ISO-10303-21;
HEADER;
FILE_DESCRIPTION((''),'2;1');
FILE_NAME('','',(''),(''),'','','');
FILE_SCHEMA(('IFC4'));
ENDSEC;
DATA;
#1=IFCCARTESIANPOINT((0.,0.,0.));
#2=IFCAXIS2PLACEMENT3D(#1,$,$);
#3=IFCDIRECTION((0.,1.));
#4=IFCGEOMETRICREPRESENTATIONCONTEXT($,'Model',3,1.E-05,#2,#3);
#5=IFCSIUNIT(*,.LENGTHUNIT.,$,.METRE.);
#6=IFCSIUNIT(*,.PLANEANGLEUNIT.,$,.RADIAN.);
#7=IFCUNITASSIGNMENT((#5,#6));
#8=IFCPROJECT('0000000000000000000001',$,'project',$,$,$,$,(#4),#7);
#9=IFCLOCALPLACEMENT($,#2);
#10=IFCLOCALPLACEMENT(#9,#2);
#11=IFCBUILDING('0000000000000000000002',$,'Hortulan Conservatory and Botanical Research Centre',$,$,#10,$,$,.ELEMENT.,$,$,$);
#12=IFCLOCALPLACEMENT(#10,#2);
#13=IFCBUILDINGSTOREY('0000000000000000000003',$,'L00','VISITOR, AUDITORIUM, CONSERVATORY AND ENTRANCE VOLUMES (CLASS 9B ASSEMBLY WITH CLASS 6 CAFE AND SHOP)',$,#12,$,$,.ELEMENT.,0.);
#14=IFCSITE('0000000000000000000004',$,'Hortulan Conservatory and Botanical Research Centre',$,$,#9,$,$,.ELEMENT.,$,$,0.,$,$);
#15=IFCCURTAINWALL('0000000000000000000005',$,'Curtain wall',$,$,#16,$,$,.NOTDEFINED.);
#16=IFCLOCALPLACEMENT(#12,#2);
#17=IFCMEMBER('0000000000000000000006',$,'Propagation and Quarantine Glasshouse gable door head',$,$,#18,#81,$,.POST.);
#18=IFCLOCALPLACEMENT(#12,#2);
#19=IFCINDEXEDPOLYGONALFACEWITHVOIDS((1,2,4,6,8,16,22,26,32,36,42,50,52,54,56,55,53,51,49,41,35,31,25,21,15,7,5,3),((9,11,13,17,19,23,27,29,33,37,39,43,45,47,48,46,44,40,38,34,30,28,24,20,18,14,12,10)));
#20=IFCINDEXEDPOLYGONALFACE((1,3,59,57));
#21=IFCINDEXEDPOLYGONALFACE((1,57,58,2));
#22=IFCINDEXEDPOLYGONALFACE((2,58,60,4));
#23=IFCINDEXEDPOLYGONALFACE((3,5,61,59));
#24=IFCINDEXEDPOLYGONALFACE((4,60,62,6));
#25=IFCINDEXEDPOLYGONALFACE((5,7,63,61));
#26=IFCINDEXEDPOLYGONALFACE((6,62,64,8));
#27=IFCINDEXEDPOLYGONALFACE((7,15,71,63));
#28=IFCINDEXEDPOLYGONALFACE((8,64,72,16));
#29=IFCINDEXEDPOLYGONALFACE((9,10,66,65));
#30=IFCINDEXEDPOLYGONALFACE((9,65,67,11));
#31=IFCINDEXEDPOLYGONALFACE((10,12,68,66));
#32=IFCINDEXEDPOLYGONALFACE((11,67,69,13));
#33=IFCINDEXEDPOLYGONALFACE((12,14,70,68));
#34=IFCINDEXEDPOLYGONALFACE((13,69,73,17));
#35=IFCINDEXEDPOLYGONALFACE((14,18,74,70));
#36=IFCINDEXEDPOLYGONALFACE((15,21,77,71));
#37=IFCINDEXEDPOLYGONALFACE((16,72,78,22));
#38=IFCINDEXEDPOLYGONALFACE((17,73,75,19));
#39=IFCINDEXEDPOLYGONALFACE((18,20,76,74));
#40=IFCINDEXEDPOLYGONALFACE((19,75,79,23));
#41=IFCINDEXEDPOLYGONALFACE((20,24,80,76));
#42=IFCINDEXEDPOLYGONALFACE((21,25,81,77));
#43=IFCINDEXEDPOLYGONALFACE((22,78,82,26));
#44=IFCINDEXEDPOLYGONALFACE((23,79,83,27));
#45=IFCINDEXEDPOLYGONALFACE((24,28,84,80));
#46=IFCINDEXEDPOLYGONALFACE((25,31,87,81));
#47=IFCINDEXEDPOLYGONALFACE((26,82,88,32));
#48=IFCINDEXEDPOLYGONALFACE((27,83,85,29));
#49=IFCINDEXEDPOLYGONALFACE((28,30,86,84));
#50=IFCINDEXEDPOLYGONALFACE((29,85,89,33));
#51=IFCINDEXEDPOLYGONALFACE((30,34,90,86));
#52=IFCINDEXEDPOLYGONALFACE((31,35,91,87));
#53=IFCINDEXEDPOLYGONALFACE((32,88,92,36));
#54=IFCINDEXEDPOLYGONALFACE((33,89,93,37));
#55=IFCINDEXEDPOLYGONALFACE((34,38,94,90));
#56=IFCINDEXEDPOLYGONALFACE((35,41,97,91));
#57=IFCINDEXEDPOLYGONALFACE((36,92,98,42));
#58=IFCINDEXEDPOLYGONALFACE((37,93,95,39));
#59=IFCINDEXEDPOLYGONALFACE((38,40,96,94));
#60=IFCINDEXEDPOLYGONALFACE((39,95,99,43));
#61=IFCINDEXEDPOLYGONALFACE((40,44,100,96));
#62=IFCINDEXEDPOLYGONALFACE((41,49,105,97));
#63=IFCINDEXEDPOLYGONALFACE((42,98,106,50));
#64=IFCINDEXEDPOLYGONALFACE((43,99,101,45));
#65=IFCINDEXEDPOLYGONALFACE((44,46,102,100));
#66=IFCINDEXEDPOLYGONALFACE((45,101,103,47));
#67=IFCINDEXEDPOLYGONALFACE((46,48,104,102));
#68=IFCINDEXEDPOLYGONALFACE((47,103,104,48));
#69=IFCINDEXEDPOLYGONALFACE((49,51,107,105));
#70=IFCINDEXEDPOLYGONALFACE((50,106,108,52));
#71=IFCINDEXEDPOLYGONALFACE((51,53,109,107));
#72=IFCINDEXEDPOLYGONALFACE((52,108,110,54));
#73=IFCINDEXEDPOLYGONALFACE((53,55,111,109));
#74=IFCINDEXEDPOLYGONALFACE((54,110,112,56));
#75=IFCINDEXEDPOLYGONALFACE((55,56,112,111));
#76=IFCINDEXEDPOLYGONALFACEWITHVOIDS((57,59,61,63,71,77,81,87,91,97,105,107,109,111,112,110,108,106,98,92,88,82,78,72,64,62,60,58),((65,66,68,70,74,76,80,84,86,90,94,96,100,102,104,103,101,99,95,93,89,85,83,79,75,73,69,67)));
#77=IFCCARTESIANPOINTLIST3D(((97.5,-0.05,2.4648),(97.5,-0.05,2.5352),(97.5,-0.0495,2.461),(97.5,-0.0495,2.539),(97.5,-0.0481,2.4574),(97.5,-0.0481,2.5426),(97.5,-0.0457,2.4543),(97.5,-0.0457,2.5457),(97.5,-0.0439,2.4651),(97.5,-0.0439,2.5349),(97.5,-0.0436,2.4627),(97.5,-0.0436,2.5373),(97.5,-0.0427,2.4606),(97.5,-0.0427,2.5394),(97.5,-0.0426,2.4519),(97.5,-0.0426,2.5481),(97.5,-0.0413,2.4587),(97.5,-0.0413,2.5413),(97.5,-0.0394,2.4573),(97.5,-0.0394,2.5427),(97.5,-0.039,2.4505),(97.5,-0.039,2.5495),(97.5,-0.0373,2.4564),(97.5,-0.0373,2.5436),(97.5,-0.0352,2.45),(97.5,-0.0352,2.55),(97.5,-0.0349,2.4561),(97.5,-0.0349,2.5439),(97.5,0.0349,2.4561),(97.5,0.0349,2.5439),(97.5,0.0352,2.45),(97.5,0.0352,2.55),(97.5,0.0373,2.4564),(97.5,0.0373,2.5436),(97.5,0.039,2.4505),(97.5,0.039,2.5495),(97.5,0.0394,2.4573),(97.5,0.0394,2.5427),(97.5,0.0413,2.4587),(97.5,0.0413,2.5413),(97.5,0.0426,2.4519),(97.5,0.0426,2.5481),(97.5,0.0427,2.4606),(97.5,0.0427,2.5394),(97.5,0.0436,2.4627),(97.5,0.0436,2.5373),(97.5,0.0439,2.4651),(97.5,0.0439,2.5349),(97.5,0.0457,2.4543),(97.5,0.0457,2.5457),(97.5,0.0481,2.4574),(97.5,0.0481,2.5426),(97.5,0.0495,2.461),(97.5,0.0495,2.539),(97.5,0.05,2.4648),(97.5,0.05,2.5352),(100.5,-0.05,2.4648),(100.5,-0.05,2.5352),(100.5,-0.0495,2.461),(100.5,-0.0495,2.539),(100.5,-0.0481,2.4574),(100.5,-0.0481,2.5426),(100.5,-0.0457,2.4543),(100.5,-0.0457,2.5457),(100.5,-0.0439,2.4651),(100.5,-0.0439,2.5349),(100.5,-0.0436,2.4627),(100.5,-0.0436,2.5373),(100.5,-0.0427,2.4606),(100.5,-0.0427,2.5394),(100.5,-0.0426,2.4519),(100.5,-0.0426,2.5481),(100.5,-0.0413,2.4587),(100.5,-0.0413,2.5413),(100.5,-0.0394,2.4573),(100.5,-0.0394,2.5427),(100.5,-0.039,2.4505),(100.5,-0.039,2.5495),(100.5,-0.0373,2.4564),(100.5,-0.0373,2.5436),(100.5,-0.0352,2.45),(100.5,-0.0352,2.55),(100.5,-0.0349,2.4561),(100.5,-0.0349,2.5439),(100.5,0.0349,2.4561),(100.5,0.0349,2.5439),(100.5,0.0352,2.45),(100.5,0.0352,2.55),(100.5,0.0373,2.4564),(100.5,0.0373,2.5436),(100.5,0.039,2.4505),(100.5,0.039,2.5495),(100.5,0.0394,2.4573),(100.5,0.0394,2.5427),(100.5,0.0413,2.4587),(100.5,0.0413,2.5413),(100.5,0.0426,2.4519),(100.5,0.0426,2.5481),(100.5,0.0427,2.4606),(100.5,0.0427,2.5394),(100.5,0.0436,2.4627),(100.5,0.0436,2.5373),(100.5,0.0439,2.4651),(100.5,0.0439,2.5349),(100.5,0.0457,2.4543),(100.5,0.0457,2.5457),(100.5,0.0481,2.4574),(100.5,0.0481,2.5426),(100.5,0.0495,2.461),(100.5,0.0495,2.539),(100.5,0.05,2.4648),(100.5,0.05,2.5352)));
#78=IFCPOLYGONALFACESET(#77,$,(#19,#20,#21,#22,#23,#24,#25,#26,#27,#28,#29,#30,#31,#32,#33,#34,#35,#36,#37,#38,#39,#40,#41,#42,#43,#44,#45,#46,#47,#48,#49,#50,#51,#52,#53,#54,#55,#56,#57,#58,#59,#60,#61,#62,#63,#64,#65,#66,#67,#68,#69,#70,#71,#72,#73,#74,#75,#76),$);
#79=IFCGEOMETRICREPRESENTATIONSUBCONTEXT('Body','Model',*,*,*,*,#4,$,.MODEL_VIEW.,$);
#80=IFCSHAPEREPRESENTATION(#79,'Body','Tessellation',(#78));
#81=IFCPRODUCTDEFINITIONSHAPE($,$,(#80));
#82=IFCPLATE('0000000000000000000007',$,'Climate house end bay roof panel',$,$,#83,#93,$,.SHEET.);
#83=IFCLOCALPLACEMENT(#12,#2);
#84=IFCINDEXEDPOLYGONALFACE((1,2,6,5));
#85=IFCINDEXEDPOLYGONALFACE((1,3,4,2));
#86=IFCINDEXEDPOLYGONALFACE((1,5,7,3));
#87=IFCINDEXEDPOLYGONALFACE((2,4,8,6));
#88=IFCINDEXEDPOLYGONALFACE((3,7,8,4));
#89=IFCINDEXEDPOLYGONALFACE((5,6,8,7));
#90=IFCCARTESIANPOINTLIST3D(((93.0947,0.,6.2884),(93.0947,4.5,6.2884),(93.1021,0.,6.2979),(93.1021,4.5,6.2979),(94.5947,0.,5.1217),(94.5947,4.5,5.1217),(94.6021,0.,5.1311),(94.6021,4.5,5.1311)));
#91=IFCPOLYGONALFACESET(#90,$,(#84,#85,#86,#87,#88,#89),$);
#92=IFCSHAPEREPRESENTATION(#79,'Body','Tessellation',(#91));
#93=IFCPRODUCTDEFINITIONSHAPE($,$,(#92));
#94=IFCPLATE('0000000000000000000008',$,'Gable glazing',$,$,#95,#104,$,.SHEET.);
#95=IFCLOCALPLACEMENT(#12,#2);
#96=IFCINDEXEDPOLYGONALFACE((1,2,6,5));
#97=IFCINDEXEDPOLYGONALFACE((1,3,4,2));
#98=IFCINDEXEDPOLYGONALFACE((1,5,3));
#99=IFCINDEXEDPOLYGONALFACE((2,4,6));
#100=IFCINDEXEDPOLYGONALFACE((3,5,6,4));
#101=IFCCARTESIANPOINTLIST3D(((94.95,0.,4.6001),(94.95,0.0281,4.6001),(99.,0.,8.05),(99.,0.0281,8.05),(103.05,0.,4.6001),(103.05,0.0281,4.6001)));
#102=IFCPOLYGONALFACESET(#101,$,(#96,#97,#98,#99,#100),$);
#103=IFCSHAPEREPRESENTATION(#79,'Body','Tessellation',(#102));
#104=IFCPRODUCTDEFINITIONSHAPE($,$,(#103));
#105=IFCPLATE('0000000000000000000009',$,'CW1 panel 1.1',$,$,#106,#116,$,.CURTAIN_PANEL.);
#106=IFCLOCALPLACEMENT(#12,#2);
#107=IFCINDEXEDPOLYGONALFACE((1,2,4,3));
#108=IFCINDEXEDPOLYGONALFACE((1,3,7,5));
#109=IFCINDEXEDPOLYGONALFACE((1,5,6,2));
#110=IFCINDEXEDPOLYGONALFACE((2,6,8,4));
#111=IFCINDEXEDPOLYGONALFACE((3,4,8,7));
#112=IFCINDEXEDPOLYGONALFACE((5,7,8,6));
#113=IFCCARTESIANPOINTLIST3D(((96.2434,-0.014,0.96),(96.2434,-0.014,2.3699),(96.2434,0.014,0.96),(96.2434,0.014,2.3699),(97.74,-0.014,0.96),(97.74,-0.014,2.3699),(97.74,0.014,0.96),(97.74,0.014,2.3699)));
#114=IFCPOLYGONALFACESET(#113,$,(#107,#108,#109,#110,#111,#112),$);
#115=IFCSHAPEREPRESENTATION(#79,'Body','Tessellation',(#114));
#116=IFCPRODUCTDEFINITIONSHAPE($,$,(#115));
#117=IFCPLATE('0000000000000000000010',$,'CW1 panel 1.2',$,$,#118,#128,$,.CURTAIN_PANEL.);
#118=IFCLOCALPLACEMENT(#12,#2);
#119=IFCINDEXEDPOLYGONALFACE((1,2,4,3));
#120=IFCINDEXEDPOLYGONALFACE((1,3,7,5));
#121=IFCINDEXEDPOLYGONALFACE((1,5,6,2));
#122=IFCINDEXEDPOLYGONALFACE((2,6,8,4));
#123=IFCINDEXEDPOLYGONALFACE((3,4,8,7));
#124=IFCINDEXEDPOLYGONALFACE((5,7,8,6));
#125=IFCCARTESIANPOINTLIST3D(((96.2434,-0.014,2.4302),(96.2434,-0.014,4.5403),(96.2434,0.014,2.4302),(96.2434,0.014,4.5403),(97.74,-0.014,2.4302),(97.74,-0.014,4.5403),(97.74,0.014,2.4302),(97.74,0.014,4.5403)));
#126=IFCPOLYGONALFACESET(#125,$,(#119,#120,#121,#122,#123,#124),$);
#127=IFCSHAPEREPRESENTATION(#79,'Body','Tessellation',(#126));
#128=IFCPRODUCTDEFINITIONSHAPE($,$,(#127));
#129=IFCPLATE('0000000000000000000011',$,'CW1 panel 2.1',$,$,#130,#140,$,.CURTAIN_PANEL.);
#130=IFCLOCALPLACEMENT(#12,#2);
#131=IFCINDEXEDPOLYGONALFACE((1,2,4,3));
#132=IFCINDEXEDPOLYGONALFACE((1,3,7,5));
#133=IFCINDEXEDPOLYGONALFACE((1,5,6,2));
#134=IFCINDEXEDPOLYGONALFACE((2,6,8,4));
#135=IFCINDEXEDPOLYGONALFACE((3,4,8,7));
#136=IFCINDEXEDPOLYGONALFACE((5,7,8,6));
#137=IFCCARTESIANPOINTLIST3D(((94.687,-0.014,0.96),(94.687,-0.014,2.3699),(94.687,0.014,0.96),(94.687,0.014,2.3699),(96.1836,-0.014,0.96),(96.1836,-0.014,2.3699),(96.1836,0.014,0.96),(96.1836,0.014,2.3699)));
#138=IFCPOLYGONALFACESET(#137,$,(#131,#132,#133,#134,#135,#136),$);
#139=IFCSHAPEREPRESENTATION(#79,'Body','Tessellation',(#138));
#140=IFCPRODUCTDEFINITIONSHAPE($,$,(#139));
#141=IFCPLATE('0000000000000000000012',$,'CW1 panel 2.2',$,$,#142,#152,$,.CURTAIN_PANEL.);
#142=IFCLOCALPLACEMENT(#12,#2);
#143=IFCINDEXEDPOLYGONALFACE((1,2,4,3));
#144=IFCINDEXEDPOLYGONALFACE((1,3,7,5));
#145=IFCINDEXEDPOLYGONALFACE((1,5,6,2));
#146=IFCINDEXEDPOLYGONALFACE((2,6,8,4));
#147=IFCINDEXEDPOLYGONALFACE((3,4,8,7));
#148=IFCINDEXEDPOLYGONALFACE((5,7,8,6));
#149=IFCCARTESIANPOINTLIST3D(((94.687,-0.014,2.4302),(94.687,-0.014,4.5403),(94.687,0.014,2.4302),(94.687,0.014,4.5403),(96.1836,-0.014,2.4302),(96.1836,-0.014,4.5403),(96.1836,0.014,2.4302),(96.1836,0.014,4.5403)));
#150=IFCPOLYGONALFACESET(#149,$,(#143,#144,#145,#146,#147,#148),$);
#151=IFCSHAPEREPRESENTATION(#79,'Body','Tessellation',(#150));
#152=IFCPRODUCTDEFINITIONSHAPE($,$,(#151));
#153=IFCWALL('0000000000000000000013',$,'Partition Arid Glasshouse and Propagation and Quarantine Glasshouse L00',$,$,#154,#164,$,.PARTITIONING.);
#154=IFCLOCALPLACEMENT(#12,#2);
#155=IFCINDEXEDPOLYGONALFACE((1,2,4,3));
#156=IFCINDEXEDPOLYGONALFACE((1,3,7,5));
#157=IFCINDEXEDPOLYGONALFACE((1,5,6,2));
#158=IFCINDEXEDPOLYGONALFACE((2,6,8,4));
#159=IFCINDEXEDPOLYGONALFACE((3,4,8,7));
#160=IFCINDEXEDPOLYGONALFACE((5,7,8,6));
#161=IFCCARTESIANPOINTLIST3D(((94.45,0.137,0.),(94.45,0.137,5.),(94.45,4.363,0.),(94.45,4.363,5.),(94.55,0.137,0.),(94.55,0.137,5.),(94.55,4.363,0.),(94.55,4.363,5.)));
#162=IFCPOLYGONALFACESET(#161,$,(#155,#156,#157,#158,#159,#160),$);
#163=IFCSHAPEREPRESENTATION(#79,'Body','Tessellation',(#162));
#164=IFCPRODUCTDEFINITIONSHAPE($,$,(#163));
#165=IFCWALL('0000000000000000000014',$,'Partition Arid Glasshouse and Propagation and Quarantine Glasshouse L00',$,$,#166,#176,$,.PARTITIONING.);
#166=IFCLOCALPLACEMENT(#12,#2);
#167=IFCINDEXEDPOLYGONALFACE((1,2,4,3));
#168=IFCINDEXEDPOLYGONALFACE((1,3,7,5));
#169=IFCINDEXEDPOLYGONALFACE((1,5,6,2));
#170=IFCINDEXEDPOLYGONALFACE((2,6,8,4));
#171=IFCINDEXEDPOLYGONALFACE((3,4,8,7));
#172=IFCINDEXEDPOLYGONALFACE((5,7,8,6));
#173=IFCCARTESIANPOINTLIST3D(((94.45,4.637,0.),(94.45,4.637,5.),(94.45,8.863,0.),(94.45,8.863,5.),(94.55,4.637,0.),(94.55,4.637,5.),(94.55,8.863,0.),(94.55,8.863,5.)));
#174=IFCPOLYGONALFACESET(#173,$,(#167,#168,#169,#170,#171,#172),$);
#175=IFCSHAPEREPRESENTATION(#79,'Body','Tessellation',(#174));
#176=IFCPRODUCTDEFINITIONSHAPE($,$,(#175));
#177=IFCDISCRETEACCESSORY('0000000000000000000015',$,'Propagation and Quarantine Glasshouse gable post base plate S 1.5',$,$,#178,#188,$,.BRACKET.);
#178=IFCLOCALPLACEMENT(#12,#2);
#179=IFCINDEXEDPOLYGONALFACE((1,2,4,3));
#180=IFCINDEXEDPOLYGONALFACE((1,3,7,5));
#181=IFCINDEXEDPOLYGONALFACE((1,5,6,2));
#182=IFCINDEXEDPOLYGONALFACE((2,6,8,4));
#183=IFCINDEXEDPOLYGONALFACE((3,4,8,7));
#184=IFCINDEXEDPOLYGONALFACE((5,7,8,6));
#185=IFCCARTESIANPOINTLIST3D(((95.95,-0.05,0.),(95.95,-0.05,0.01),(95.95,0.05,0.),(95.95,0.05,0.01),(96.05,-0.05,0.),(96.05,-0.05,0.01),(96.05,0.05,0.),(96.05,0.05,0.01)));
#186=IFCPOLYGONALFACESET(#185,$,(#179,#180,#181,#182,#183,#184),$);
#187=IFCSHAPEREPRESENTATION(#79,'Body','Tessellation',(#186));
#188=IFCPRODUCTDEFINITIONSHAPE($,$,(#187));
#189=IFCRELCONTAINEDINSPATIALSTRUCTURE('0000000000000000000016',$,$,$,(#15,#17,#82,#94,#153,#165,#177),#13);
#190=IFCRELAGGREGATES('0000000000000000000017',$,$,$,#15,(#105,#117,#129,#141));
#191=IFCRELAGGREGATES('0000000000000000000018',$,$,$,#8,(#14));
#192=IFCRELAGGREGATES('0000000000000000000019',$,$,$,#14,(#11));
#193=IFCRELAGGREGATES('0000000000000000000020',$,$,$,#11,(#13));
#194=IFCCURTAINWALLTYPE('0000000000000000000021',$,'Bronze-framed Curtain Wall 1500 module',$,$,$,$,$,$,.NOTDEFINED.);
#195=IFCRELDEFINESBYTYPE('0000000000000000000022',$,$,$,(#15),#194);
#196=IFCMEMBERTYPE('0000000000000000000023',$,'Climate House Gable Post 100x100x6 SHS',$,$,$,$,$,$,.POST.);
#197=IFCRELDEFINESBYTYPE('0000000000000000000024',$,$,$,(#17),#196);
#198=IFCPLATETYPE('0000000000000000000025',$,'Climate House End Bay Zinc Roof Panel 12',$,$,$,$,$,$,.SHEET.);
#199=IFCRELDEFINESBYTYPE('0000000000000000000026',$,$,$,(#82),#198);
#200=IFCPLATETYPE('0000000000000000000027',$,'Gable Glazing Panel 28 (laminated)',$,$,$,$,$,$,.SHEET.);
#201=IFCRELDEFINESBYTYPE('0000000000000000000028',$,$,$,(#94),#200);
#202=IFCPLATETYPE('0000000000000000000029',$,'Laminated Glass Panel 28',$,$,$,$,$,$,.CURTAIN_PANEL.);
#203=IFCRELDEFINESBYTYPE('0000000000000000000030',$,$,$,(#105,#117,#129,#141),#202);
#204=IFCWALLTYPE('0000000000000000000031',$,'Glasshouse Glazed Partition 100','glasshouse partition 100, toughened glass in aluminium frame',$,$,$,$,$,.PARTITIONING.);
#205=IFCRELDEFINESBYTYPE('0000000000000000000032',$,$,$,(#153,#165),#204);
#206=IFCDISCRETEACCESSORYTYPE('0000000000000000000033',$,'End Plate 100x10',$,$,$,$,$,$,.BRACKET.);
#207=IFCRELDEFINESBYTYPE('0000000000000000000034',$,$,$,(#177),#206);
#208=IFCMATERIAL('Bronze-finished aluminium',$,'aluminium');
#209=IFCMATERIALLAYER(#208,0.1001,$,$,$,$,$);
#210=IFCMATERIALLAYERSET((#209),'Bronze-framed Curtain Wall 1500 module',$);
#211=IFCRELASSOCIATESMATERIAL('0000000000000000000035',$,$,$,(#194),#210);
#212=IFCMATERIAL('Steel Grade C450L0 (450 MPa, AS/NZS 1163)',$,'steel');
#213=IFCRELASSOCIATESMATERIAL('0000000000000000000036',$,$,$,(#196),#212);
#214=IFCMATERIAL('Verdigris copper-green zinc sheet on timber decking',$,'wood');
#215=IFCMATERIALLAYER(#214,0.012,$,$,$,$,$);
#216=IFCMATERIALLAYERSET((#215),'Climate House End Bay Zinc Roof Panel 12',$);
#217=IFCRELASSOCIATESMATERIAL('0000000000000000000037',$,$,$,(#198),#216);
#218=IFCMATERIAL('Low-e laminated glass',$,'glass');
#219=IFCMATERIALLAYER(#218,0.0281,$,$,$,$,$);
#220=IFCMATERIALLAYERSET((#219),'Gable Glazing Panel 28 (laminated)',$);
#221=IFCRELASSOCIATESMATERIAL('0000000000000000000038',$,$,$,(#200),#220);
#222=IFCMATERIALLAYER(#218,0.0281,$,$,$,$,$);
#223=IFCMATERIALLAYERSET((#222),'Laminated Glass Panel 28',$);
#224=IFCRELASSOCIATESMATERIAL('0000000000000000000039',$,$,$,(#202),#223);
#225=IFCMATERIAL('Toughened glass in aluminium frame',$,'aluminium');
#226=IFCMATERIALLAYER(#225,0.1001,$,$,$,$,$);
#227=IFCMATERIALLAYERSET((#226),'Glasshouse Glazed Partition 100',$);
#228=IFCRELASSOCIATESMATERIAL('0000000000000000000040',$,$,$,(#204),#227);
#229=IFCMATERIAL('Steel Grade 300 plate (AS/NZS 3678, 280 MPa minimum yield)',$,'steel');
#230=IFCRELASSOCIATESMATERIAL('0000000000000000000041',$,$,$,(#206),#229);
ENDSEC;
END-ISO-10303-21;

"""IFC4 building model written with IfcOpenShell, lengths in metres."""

from ifc_helpers import new_model, si_unit, direction, frame, frame_2d, origin, origin_2d, place, context, subcontext, project, spatial, polyline, rectangle, hollow_rectangle, outline, extrude, material, layer, layer_set, material_profile, profile_set, type_object, element, aggregate, save


model = new_model("IFC4")

# Units and contexts
model_context = context("Model", 3, precision=1e-05, world=origin(), true_north=direction((0.0, 1.0)))
body_context = subcontext(model_context, "Body", "Model", "MODEL_VIEW")
ifc_project = project(units=[si_unit("LENGTHUNIT", "METRE"), si_unit("PLANEANGLEUNIT", "RADIAN")], contexts=[model_context])

# Site, building, storey
site_placement = place(None, origin())
site = spatial("IfcSite", under=ifc_project, at=site_placement, Name="Hortulan Conservatory and Botanical Research Centre", CompositionType="ELEMENT", RefElevation=0.0)
building_placement = place(site_placement, origin())
building = spatial("IfcBuilding", under=site, at=building_placement, Name="Hortulan Conservatory and Botanical Research Centre", CompositionType="ELEMENT")
storey_placement = place(building_placement, origin())
storey = spatial("IfcBuildingStorey", under=building, at=storey_placement, Name="L00", Description="VISITOR, AUDITORIUM, CONSERVATORY AND ENTRANCE VOLUMES (CLASS 9B ASSEMBLY WITH CLASS 6 CAFE AND SHOP)", CompositionType="ELEMENT", Elevation=0.0)

# Curtain wall
ifc_material_1 = material(Name="Bronze-finished aluminium", Category="aluminium")
ifc_layer_1 = layer(ifc_material_1, 0.1001)
ifc_layer_set_1 = layer_set([ifc_layer_1], Name="Bronze-framed Curtain Wall 1500 module")
curtain_wall_type = type_object("IfcCurtainWallType", Name="Bronze-framed Curtain Wall 1500 module", PredefinedType="NOTDEFINED", material=ifc_layer_set_1)
curtain_wall_placement = place(storey_placement, origin())
curtain_wall = element("IfcCurtainWall", 1, at=curtain_wall_placement, inside=storey, type_object=curtain_wall_type, Name="Curtain wall", PredefinedType="NOTDEFINED")

# Member
ifc_material_2 = material(Name="Steel Grade C450L0 (450 MPa, AS/NZS 1163)", Category="steel")
ifc_material_profile_1 = material_profile(ifc_material_2, hollow_rectangle(XDim=0.1001, YDim=0.1001, WallThickness=0.0061, InnerFilletRadius=0.009, OuterFilletRadius=0.0149, at=origin_2d()), Name="100x100x6SHS")
ifc_profile_set_1 = profile_set([ifc_material_profile_1], Name="Steel Grade C450L0 (450 MPa, AS/NZS 1163)")
member_type_1 = type_object("IfcMemberType", Name="Climate House Gable Post 100x100x6 SHS", PredefinedType="POST", material=ifc_profile_set_1)
member_1_placement = place(storey_placement, frame((97.5, 0.0, 2.5), z_axis=(1.0, 0.0, 0.0), x_axis=(0.0, 1.0, 0.0)))
element("IfcMember", 2, at=member_1_placement, inside=storey, type_object=member_type_1, Name="Propagation and Quarantine Glasshouse gable door head", PredefinedType="POST", context=body_context, shape_type="SweptSolid", body=[
    extrude(hollow_rectangle(XDim=0.1001, YDim=0.1001, WallThickness=0.0061, InnerFilletRadius=0.009, OuterFilletRadius=0.0149, at=origin_2d()), origin(), (0.0, 0.0, 1.0), 3.0),
])

# Plates
ifc_material_3 = material(Name="Verdigris copper-green zinc sheet on timber decking", Category="wood")
ifc_layer_2 = layer(ifc_material_3, 0.012)
ifc_layer_set_2 = layer_set([ifc_layer_2], Name="Climate House End Bay Zinc Roof Panel 12")
plate_type_1 = type_object("IfcPlateType", Name="Climate House End Bay Zinc Roof Panel 12", PredefinedType="SHEET", material=ifc_layer_set_2)
plate_1_placement = place(storey_placement, frame((94.6021, 4.5, 5.1311), z_axis=(0.613967, 0.0, 0.789331), x_axis=(-0.789331, 0.0, 0.613967)))
element("IfcPlate", 3, at=plate_1_placement, inside=storey, type_object=plate_type_1, Name="Climate house end bay roof panel", PredefinedType="SHEET", context=body_context, shape_type="SweptSolid", body=[
    extrude(outline(polyline([(0.0, 0.0), (1.9003, 0.0), (1.9003, 4.5), (0.0, 4.5), (0.0, 0.0)])), origin(), (0.0, 0.0, -1.0), 0.012),
])
ifc_material_4 = material(Name="Low-e laminated glass", Category="glass")
ifc_layer_3 = layer(ifc_material_4, 0.0281)
ifc_layer_set_3 = layer_set([ifc_layer_3], Name="Gable Glazing Panel 28 (laminated)")
plate_type_2 = type_object("IfcPlateType", Name="Gable Glazing Panel 28 (laminated)", PredefinedType="SHEET", material=ifc_layer_set_3)
plate_2_placement = place(storey_placement, frame((94.95, 0.0, 4.6001), z_axis=(0.0, -1.0, 0.0), x_axis=(1.0, 0.0, 0.0)))
element("IfcPlate", 4, at=plate_2_placement, inside=storey, type_object=plate_type_2, Name="Gable glazing", PredefinedType="SHEET", context=body_context, shape_type="SweptSolid", body=[
    extrude(outline(polyline([(0.0, 0.0), (8.1001, 0.0), (4.05, 3.45), (0.0, 0.0)])), origin(), (0.0, 0.0, -1.0), 0.0281),
])

# Plates
ifc_layer_4 = layer(ifc_material_4, 0.0281)
ifc_layer_set_4 = layer_set([ifc_layer_4], Name="Laminated Glass Panel 28")
plate_type_3 = type_object("IfcPlateType", Name="Laminated Glass Panel 28", PredefinedType="CURTAIN_PANEL", material=ifc_layer_set_4)
plate_3_placement = place(storey_placement, frame((96.9917, 0.0, 0.96), z_axis=(0.0, 0.0, 1.0), x_axis=(-1.0, 0.0, 0.0)))
plate_3 = element("IfcPlate", 5, at=plate_3_placement, type_object=plate_type_3, Name="CW1 panel 1.1", PredefinedType="CURTAIN_PANEL", context=body_context, shape_type="SweptSolid", body=[
    extrude(rectangle(XDim=1.4966, YDim=0.0281, at=origin_2d()), origin(), (0.0, 0.0, 1.0), 1.4099),
])
plate_4_placement = place(storey_placement, frame((96.9917, 0.0, 2.4302), z_axis=(0.0, 0.0, 1.0), x_axis=(-1.0, 0.0, 0.0)))
plate_4 = element("IfcPlate", 6, at=plate_4_placement, type_object=plate_type_3, Name="CW1 panel 1.2", PredefinedType="CURTAIN_PANEL", context=body_context, shape_type="SweptSolid", body=[
    extrude(rectangle(XDim=1.4966, YDim=0.0281, at=origin_2d()), origin(), (0.0, 0.0, 1.0), 2.1101),
])
plate_5_placement = place(storey_placement, frame((95.4353, 0.0, 0.96), z_axis=(0.0, 0.0, 1.0), x_axis=(-1.0, 0.0, 0.0)))
plate_5 = element("IfcPlate", 7, at=plate_5_placement, type_object=plate_type_3, Name="CW1 panel 2.1", PredefinedType="CURTAIN_PANEL", context=body_context, shape_type="SweptSolid", body=[
    extrude(rectangle(XDim=1.4966, YDim=0.0281, at=origin_2d()), origin(), (0.0, 0.0, 1.0), 1.4099),
])
plate_6_placement = place(storey_placement, frame((95.4353, 0.0, 2.4302), z_axis=(0.0, 0.0, 1.0), x_axis=(-1.0, 0.0, 0.0)))
plate_6 = element("IfcPlate", 8, at=plate_6_placement, type_object=plate_type_3, Name="CW1 panel 2.2", PredefinedType="CURTAIN_PANEL", context=body_context, shape_type="SweptSolid", body=[
    extrude(rectangle(XDim=1.4966, YDim=0.0281, at=origin_2d()), origin(), (0.0, 0.0, 1.0), 2.1101),
])
aggregate(curtain_wall, [plate_3, plate_4, plate_5, plate_6])

# Walls
ifc_material_5 = material(Name="Toughened glass in aluminium frame", Category="aluminium")
ifc_layer_5 = layer(ifc_material_5, 0.1001)
ifc_layer_set_5 = layer_set([ifc_layer_5], Name="Glasshouse Glazed Partition 100")
wall_type = type_object("IfcWallType", Name="Glasshouse Glazed Partition 100", Description="glasshouse partition 100, toughened glass in aluminium frame", PredefinedType="PARTITIONING", material=ifc_layer_set_5)
for number, where, z_axis, x_axis, name in (
    (9, (94.5, 0.137, 0.0), (0.0, 0.0, 1.0), (0.0, 1.0, 0.0), "Partition Arid Glasshouse and Propagation and Quarantine Glasshouse L00"),
    (10, (94.5, 4.637, 0.0), (0.0, 0.0, 1.0), (0.0, 1.0, 0.0), "Partition Arid Glasshouse and Propagation and Quarantine Glasshouse L00"),
):
    element("IfcWall", number, at=place(storey_placement, frame(where, z_axis=z_axis, x_axis=x_axis)), inside=storey, type_object=wall_type, Name=name, PredefinedType="PARTITIONING", context=body_context, shape_type="SweptSolid", body=[
        extrude(rectangle(XDim=4.2261, YDim=0.1001, at=frame_2d((2.113, 0.0))), origin(), (0.0, 0.0, 1.0), 5.0),
    ])

# Discrete accessory
ifc_material_6 = material(Name="Steel Grade 300 plate (AS/NZS 3678, 280 MPa minimum yield)", Category="steel")
discrete_accessory_type_1 = type_object("IfcDiscreteAccessoryType", Name="End Plate 100x10", PredefinedType="BRACKET", material=ifc_material_6)
for number, where, z_axis, x_axis, name in (
    (11, (96.0, 0.0, 0.0), (0.0, 0.0, 1.0), (1.0, 0.0, 0.0), "Propagation and Quarantine Glasshouse gable post base plate S 1.5"),
):
    element("IfcDiscreteAccessory", number, at=place(storey_placement, frame(where, z_axis=z_axis, x_axis=x_axis)), inside=storey, type_object=discrete_accessory_type_1, Name=name, PredefinedType="BRACKET", context=body_context, shape_type="SweptSolid", body=[
        extrude(rectangle(XDim=0.1001, YDim=0.1001, at=origin_2d()), origin(), (0.0, 0.0, 1.0), 0.01),
    ])

save(model, "model.ifc")
